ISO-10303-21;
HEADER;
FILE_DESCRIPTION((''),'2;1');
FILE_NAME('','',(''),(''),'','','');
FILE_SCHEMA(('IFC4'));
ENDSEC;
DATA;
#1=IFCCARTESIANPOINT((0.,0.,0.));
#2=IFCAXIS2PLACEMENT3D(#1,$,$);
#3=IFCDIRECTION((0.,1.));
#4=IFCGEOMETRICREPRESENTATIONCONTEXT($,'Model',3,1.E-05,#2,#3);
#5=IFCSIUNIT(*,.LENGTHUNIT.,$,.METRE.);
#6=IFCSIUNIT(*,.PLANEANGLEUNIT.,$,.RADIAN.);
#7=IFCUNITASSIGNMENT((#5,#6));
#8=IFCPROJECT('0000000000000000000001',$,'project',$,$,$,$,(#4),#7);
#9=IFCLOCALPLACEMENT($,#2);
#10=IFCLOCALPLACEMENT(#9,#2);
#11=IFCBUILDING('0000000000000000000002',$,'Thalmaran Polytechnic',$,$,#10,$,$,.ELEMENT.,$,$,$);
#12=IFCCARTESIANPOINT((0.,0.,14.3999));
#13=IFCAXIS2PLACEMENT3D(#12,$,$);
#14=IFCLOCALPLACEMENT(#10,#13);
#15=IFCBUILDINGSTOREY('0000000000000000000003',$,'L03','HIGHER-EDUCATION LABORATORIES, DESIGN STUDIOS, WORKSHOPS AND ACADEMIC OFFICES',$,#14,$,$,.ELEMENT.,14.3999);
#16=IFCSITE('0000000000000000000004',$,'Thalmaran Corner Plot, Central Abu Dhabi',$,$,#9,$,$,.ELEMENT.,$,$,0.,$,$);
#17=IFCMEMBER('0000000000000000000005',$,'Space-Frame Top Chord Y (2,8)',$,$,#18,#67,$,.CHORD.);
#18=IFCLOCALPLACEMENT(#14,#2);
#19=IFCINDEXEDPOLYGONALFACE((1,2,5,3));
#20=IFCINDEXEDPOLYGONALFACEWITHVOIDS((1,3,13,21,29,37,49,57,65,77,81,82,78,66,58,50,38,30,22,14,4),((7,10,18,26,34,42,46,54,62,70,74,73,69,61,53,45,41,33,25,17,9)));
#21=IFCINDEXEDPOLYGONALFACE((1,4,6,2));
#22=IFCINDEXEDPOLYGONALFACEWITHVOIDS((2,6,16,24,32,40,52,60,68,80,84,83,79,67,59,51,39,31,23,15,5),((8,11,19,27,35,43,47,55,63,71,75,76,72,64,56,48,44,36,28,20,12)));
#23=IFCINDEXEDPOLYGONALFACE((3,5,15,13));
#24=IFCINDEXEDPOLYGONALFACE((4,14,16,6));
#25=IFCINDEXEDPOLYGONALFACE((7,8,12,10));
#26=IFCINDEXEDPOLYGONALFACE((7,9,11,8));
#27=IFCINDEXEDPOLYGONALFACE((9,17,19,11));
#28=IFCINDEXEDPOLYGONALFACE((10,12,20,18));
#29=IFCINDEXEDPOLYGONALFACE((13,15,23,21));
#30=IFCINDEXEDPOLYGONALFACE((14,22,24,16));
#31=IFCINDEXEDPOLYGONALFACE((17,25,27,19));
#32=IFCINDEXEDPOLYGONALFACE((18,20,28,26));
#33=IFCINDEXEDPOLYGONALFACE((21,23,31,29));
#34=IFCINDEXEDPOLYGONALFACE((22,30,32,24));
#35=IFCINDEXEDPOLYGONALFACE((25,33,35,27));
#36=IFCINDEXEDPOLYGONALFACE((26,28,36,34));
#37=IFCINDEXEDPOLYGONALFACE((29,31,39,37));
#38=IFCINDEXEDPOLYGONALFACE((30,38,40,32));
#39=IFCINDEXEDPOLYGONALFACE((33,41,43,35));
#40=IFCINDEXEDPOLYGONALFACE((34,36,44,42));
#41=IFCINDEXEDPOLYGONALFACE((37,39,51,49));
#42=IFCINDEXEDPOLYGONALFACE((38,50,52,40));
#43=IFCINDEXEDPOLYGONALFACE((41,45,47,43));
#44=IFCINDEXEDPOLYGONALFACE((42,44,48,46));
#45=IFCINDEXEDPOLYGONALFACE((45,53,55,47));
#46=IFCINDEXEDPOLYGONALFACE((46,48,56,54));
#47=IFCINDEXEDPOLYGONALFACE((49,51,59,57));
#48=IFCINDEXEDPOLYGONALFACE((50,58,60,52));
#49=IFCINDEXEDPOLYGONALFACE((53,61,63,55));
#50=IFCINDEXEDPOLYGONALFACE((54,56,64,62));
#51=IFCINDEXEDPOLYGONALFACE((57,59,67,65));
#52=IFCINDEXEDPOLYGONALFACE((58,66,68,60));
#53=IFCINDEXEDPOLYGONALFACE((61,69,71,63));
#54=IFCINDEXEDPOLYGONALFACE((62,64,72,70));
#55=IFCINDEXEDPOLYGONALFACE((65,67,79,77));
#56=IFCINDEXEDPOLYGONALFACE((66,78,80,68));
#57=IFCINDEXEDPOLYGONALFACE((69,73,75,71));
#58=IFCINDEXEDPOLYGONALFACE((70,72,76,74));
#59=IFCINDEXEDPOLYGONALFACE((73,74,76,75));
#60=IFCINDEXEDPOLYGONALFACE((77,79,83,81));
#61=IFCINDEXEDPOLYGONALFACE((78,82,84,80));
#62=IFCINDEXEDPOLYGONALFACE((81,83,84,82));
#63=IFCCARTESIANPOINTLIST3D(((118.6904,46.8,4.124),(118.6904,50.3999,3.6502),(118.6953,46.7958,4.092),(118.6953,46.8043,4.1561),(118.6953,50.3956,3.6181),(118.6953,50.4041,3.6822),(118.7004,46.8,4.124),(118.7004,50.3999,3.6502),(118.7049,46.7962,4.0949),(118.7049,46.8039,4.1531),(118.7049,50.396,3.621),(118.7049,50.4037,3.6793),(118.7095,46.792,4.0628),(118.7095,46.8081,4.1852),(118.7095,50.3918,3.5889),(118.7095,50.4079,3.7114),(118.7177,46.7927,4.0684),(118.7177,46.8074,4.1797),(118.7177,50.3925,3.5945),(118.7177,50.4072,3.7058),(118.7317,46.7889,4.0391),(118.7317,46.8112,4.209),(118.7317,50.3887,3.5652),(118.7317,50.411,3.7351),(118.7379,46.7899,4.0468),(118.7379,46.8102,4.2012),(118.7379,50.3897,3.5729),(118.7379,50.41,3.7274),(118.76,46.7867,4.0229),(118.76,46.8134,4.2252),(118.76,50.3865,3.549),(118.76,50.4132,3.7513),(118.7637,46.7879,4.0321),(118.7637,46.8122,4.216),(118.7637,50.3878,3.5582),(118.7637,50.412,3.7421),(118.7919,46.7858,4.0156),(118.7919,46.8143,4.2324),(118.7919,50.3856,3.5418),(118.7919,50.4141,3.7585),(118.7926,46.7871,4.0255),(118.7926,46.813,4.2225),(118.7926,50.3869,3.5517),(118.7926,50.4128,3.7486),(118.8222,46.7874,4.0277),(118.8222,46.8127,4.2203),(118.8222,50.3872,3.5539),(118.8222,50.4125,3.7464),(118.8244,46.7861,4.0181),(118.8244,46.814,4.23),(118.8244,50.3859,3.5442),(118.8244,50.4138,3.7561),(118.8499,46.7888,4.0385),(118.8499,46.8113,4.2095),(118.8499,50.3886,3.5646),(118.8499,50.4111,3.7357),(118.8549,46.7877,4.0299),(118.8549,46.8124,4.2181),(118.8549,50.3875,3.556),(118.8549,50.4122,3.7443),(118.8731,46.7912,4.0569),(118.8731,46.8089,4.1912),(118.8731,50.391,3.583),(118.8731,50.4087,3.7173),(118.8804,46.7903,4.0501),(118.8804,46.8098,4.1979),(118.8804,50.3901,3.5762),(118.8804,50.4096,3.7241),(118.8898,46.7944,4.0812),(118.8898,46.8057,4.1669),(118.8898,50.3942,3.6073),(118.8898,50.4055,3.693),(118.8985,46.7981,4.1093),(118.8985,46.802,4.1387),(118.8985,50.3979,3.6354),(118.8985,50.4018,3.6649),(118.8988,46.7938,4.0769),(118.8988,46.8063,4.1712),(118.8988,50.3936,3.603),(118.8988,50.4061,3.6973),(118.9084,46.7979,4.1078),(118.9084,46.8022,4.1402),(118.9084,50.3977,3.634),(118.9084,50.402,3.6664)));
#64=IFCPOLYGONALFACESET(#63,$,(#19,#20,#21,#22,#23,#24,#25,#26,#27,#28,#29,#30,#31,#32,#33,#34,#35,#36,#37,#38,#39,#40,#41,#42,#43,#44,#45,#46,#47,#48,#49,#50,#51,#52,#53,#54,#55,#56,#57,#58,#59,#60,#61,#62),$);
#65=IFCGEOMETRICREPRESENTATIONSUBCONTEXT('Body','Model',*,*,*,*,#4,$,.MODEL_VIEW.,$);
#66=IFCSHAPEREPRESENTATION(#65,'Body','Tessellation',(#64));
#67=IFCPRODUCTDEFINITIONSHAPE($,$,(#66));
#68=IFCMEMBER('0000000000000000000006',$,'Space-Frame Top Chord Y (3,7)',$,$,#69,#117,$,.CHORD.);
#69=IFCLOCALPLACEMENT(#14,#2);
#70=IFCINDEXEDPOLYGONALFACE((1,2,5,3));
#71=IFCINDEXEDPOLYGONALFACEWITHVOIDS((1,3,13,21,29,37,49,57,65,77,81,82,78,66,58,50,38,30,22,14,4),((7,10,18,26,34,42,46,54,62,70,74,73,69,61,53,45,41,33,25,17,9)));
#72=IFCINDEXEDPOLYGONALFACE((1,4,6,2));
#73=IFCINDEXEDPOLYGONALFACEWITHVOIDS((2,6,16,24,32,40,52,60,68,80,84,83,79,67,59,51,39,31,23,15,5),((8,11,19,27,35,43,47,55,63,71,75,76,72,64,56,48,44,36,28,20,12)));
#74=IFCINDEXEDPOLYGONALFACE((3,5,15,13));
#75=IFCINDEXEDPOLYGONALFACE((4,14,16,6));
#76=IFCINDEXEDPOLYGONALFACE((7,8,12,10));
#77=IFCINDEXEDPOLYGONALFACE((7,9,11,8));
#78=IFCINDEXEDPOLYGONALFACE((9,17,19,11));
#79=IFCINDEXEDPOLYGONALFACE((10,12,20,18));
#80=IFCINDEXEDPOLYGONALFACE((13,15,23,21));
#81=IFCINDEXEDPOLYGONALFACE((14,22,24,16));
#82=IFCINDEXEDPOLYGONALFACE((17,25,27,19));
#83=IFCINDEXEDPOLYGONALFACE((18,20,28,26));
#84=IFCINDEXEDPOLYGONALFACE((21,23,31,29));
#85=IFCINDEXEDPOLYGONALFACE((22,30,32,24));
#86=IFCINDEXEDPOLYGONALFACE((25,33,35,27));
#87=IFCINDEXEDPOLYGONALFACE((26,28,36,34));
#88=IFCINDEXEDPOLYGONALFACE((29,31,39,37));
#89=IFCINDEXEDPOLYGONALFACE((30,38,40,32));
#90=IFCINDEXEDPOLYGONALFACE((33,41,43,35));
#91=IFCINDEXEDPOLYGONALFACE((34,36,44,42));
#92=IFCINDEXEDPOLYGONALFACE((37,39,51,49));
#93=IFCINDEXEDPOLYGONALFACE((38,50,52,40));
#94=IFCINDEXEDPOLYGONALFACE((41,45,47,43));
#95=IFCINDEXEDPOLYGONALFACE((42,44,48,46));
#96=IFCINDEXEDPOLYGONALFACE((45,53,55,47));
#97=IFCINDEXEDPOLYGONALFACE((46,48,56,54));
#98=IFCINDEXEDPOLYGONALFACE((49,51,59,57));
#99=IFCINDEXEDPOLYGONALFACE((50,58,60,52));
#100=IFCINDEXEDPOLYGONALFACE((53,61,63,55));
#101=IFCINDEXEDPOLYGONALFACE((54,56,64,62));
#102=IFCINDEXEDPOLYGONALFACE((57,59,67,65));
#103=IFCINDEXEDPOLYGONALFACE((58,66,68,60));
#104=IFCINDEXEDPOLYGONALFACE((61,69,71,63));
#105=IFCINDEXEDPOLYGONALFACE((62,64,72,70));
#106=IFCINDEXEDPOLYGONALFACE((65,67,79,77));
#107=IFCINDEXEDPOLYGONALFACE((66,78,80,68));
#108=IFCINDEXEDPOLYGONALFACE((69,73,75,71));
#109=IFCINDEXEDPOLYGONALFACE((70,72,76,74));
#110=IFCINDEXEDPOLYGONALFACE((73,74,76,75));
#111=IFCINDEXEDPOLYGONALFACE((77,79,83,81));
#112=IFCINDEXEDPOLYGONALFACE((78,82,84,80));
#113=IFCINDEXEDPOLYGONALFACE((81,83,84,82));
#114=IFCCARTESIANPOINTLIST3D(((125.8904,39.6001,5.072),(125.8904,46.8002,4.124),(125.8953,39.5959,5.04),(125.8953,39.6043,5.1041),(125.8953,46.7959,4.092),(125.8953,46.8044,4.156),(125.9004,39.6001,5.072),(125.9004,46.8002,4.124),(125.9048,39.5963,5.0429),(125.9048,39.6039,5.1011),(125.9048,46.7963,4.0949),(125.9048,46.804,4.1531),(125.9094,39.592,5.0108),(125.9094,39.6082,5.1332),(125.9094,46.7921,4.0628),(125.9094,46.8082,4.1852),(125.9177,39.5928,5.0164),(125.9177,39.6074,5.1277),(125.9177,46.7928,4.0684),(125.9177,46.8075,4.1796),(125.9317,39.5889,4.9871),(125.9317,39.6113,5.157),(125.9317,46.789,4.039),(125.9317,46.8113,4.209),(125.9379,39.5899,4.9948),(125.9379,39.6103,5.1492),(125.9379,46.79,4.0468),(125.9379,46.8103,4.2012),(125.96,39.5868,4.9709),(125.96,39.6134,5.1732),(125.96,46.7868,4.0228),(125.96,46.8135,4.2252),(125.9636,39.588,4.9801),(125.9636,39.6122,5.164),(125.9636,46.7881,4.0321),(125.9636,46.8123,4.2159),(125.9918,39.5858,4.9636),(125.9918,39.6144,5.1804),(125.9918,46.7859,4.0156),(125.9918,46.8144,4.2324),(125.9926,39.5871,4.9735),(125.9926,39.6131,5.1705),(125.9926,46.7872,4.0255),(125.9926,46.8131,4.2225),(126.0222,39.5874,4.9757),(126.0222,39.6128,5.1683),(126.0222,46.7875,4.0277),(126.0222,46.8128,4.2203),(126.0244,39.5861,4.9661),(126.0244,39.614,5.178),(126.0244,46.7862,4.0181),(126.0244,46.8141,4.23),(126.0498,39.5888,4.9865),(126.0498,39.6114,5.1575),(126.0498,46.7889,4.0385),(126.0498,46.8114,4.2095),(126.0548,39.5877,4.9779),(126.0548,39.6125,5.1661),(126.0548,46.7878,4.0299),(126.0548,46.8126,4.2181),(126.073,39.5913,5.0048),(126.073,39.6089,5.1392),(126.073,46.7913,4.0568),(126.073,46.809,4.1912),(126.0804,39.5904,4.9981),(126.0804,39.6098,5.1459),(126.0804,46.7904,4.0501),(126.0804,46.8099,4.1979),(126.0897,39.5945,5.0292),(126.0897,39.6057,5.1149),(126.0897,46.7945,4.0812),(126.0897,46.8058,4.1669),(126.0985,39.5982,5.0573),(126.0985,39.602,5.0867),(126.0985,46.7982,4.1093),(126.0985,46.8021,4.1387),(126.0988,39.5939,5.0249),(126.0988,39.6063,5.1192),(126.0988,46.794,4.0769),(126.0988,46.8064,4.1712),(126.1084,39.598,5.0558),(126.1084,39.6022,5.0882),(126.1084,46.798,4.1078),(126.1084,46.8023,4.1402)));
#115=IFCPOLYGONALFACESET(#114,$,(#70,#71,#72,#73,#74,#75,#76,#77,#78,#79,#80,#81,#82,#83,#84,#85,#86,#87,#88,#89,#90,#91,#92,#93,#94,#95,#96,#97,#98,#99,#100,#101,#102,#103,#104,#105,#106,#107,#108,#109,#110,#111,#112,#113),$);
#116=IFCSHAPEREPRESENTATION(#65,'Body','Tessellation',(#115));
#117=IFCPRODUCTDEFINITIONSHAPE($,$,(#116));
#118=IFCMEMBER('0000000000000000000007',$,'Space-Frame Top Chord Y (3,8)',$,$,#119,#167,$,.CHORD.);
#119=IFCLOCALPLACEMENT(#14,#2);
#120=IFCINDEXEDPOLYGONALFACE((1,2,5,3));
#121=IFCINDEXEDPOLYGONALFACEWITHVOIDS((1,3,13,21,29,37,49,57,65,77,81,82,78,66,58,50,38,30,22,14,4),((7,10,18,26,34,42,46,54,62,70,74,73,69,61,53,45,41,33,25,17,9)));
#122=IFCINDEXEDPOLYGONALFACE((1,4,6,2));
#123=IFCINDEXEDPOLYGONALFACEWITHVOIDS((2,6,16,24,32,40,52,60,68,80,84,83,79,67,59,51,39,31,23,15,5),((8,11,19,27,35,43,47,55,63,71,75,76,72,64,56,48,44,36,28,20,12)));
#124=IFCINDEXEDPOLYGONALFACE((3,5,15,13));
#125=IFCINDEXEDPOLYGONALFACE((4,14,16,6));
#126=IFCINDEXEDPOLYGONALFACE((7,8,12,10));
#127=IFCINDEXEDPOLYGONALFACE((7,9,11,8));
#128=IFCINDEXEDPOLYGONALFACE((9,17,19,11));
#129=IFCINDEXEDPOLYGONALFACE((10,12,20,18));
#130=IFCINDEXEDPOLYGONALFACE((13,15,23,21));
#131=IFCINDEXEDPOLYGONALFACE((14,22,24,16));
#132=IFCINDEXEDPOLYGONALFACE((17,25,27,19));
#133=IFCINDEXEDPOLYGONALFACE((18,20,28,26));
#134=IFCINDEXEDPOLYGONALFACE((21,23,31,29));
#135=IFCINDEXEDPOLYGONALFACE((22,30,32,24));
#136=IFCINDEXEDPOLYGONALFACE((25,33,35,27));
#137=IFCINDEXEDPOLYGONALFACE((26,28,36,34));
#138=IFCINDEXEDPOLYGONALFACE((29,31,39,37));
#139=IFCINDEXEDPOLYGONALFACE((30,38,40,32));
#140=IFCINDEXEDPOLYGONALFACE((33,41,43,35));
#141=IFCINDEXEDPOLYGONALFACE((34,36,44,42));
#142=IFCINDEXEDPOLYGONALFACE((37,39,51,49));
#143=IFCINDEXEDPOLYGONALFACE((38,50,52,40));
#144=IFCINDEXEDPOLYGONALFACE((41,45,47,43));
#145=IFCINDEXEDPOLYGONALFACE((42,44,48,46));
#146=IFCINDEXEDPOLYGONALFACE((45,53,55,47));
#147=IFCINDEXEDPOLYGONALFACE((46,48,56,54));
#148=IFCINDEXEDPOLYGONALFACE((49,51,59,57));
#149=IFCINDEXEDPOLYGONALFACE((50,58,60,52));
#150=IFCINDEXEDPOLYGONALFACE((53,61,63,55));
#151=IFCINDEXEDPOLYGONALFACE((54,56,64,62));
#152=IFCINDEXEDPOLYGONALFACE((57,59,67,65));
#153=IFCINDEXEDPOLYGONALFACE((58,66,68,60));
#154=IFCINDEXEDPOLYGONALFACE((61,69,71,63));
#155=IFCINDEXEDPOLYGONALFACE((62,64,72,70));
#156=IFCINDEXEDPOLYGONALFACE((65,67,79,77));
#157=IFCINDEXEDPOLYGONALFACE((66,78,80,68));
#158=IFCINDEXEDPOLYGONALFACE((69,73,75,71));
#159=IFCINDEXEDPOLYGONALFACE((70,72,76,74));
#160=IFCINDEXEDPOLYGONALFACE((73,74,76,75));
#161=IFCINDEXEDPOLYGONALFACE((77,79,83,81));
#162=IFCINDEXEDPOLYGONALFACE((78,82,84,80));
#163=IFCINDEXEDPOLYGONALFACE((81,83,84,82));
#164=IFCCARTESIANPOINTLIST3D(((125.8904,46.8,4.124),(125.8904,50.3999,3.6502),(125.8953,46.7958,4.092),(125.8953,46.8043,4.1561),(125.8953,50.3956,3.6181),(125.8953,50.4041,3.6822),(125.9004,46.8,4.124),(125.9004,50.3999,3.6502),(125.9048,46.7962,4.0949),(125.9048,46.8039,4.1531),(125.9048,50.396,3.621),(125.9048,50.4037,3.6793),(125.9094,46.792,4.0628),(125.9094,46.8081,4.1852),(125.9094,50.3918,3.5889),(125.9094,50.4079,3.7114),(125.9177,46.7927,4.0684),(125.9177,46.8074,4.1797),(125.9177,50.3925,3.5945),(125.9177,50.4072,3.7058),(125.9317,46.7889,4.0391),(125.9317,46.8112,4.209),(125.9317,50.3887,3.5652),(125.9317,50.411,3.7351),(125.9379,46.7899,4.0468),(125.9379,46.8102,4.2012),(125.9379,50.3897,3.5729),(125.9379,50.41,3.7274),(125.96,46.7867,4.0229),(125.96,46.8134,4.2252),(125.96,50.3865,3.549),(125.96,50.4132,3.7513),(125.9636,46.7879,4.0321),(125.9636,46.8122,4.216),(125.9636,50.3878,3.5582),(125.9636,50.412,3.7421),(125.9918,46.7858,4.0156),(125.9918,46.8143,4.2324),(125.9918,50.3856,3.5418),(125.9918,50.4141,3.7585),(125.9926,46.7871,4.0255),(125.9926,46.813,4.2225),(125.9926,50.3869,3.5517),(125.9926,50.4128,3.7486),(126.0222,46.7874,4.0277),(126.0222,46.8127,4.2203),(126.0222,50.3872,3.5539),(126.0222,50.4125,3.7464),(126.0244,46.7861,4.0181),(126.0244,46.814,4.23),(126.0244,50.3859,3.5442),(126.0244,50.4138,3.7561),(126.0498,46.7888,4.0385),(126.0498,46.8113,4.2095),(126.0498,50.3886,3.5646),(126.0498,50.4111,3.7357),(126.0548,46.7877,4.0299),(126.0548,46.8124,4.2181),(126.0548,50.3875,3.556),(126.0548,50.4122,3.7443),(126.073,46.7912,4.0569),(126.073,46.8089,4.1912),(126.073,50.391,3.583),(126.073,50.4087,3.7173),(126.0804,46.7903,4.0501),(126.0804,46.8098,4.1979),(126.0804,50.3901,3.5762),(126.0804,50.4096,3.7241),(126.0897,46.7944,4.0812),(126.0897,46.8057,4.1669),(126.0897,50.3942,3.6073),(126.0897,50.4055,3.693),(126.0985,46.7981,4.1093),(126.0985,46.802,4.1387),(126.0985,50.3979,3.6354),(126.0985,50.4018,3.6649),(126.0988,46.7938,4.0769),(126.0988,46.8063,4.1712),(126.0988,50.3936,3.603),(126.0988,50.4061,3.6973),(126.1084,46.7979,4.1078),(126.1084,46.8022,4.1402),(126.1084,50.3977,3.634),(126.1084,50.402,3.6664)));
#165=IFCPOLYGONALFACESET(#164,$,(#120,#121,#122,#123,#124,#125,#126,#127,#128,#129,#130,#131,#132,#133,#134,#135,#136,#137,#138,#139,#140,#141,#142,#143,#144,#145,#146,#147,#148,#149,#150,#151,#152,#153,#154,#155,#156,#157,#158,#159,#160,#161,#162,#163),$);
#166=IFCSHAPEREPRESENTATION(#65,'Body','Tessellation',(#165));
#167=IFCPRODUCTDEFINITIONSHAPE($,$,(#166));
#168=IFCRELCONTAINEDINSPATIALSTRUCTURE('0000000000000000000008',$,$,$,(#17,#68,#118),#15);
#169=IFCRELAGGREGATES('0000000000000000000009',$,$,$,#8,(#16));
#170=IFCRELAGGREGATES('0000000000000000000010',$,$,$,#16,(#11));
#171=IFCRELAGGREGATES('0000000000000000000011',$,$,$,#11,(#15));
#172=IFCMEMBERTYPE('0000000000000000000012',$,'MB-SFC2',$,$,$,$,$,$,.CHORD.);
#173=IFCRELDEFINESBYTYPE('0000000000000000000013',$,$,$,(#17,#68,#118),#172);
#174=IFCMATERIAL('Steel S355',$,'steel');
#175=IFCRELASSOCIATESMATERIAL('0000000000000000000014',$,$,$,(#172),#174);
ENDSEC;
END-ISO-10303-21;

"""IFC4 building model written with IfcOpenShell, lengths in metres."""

from ifc_helpers import new_model, si_unit, direction, frame, origin, origin_2d, place, context, subcontext, project, spatial, hollow_circle, extrude, material, material_profile, profile_set, type_object, element, save


model = new_model("IFC4")

# Units and contexts
model_context = context("Model", 3, precision=1e-05, world=origin(), true_north=direction((0.0, 1.0)))
body_context = subcontext(model_context, "Body", "Model", "MODEL_VIEW")
ifc_project = project(units=[si_unit("LENGTHUNIT", "METRE"), si_unit("PLANEANGLEUNIT", "RADIAN")], contexts=[model_context])

# Site, building, storey
site_placement = place(None, origin())
site = spatial("IfcSite", under=ifc_project, at=site_placement, Name="Thalmaran Corner Plot, Central Abu Dhabi", CompositionType="ELEMENT", RefElevation=0.0)
building_placement = place(site_placement, origin())
building = spatial("IfcBuilding", under=site, at=building_placement, Name="Thalmaran Polytechnic", CompositionType="ELEMENT")
storey_placement = place(building_placement, frame((0.0, 0.0, 14.3999)))
storey = spatial("IfcBuildingStorey", under=building, at=storey_placement, Name="L03", Description="HIGHER-EDUCATION LABORATORIES, DESIGN STUDIOS, WORKSHOPS AND ACADEMIC OFFICES", CompositionType="ELEMENT", Elevation=14.3999)

# Members
ifc_material = material(Name="Steel S355", Category="steel")
ifc_material_profile_1 = material_profile(ifc_material, hollow_circle(Radius=0.1096, WallThickness=0.01, at=origin_2d()), Name="CHS 219.1x10.0")
ifc_profile_set_1 = profile_set([ifc_material_profile_1], Name="Steel S355")
member_type_1 = type_object("IfcMemberType", Name="MB-SFC2", PredefinedType="CHORD", material=ifc_profile_set_1)
member_1_placement = place(storey_placement, frame((118.8, 46.8, 4.124), z_axis=(0.0, 0.991447, -0.130512), x_axis=(-1.0, 0.0, 0.0)))
element("IfcMember", 1, at=member_1_placement, inside=storey, type_object=member_type_1, Name="Space-Frame Top Chord Y (2,8)", PredefinedType="CHORD", context=body_context, shape_type="SweptSolid", body=[
    extrude(hollow_circle(Radius=0.1096, WallThickness=0.01, at=origin_2d()), origin(), (0.0, 0.0, 1.0), 3.6309),
])
member_2_placement = place(storey_placement, frame((126.0, 39.6001, 5.072), z_axis=(0.0, 0.991443, -0.130541), x_axis=(-1.0, 0.0, 0.0)))
element("IfcMember", 2, at=member_2_placement, inside=storey, type_object=member_type_1, Name="Space-Frame Top Chord Y (3,7)", PredefinedType="CHORD", context=body_context, shape_type="SweptSolid", body=[
    extrude(hollow_circle(Radius=0.1096, WallThickness=0.01, at=origin_2d()), origin(), (0.0, 0.0, 1.0), 7.2622),
])
member_3_placement = place(storey_placement, frame((126.0, 46.8, 4.124), z_axis=(0.0, 0.991447, -0.130512), x_axis=(-1.0, 0.0, 0.0)))
element("IfcMember", 3, at=member_3_placement, inside=storey, type_object=member_type_1, Name="Space-Frame Top Chord Y (3,8)", PredefinedType="CHORD", context=body_context, shape_type="SweptSolid", body=[
    extrude(hollow_circle(Radius=0.1096, WallThickness=0.01, at=origin_2d()), origin(), (0.0, 0.0, 1.0), 3.6309),
])

save(model, "model.ifc")
